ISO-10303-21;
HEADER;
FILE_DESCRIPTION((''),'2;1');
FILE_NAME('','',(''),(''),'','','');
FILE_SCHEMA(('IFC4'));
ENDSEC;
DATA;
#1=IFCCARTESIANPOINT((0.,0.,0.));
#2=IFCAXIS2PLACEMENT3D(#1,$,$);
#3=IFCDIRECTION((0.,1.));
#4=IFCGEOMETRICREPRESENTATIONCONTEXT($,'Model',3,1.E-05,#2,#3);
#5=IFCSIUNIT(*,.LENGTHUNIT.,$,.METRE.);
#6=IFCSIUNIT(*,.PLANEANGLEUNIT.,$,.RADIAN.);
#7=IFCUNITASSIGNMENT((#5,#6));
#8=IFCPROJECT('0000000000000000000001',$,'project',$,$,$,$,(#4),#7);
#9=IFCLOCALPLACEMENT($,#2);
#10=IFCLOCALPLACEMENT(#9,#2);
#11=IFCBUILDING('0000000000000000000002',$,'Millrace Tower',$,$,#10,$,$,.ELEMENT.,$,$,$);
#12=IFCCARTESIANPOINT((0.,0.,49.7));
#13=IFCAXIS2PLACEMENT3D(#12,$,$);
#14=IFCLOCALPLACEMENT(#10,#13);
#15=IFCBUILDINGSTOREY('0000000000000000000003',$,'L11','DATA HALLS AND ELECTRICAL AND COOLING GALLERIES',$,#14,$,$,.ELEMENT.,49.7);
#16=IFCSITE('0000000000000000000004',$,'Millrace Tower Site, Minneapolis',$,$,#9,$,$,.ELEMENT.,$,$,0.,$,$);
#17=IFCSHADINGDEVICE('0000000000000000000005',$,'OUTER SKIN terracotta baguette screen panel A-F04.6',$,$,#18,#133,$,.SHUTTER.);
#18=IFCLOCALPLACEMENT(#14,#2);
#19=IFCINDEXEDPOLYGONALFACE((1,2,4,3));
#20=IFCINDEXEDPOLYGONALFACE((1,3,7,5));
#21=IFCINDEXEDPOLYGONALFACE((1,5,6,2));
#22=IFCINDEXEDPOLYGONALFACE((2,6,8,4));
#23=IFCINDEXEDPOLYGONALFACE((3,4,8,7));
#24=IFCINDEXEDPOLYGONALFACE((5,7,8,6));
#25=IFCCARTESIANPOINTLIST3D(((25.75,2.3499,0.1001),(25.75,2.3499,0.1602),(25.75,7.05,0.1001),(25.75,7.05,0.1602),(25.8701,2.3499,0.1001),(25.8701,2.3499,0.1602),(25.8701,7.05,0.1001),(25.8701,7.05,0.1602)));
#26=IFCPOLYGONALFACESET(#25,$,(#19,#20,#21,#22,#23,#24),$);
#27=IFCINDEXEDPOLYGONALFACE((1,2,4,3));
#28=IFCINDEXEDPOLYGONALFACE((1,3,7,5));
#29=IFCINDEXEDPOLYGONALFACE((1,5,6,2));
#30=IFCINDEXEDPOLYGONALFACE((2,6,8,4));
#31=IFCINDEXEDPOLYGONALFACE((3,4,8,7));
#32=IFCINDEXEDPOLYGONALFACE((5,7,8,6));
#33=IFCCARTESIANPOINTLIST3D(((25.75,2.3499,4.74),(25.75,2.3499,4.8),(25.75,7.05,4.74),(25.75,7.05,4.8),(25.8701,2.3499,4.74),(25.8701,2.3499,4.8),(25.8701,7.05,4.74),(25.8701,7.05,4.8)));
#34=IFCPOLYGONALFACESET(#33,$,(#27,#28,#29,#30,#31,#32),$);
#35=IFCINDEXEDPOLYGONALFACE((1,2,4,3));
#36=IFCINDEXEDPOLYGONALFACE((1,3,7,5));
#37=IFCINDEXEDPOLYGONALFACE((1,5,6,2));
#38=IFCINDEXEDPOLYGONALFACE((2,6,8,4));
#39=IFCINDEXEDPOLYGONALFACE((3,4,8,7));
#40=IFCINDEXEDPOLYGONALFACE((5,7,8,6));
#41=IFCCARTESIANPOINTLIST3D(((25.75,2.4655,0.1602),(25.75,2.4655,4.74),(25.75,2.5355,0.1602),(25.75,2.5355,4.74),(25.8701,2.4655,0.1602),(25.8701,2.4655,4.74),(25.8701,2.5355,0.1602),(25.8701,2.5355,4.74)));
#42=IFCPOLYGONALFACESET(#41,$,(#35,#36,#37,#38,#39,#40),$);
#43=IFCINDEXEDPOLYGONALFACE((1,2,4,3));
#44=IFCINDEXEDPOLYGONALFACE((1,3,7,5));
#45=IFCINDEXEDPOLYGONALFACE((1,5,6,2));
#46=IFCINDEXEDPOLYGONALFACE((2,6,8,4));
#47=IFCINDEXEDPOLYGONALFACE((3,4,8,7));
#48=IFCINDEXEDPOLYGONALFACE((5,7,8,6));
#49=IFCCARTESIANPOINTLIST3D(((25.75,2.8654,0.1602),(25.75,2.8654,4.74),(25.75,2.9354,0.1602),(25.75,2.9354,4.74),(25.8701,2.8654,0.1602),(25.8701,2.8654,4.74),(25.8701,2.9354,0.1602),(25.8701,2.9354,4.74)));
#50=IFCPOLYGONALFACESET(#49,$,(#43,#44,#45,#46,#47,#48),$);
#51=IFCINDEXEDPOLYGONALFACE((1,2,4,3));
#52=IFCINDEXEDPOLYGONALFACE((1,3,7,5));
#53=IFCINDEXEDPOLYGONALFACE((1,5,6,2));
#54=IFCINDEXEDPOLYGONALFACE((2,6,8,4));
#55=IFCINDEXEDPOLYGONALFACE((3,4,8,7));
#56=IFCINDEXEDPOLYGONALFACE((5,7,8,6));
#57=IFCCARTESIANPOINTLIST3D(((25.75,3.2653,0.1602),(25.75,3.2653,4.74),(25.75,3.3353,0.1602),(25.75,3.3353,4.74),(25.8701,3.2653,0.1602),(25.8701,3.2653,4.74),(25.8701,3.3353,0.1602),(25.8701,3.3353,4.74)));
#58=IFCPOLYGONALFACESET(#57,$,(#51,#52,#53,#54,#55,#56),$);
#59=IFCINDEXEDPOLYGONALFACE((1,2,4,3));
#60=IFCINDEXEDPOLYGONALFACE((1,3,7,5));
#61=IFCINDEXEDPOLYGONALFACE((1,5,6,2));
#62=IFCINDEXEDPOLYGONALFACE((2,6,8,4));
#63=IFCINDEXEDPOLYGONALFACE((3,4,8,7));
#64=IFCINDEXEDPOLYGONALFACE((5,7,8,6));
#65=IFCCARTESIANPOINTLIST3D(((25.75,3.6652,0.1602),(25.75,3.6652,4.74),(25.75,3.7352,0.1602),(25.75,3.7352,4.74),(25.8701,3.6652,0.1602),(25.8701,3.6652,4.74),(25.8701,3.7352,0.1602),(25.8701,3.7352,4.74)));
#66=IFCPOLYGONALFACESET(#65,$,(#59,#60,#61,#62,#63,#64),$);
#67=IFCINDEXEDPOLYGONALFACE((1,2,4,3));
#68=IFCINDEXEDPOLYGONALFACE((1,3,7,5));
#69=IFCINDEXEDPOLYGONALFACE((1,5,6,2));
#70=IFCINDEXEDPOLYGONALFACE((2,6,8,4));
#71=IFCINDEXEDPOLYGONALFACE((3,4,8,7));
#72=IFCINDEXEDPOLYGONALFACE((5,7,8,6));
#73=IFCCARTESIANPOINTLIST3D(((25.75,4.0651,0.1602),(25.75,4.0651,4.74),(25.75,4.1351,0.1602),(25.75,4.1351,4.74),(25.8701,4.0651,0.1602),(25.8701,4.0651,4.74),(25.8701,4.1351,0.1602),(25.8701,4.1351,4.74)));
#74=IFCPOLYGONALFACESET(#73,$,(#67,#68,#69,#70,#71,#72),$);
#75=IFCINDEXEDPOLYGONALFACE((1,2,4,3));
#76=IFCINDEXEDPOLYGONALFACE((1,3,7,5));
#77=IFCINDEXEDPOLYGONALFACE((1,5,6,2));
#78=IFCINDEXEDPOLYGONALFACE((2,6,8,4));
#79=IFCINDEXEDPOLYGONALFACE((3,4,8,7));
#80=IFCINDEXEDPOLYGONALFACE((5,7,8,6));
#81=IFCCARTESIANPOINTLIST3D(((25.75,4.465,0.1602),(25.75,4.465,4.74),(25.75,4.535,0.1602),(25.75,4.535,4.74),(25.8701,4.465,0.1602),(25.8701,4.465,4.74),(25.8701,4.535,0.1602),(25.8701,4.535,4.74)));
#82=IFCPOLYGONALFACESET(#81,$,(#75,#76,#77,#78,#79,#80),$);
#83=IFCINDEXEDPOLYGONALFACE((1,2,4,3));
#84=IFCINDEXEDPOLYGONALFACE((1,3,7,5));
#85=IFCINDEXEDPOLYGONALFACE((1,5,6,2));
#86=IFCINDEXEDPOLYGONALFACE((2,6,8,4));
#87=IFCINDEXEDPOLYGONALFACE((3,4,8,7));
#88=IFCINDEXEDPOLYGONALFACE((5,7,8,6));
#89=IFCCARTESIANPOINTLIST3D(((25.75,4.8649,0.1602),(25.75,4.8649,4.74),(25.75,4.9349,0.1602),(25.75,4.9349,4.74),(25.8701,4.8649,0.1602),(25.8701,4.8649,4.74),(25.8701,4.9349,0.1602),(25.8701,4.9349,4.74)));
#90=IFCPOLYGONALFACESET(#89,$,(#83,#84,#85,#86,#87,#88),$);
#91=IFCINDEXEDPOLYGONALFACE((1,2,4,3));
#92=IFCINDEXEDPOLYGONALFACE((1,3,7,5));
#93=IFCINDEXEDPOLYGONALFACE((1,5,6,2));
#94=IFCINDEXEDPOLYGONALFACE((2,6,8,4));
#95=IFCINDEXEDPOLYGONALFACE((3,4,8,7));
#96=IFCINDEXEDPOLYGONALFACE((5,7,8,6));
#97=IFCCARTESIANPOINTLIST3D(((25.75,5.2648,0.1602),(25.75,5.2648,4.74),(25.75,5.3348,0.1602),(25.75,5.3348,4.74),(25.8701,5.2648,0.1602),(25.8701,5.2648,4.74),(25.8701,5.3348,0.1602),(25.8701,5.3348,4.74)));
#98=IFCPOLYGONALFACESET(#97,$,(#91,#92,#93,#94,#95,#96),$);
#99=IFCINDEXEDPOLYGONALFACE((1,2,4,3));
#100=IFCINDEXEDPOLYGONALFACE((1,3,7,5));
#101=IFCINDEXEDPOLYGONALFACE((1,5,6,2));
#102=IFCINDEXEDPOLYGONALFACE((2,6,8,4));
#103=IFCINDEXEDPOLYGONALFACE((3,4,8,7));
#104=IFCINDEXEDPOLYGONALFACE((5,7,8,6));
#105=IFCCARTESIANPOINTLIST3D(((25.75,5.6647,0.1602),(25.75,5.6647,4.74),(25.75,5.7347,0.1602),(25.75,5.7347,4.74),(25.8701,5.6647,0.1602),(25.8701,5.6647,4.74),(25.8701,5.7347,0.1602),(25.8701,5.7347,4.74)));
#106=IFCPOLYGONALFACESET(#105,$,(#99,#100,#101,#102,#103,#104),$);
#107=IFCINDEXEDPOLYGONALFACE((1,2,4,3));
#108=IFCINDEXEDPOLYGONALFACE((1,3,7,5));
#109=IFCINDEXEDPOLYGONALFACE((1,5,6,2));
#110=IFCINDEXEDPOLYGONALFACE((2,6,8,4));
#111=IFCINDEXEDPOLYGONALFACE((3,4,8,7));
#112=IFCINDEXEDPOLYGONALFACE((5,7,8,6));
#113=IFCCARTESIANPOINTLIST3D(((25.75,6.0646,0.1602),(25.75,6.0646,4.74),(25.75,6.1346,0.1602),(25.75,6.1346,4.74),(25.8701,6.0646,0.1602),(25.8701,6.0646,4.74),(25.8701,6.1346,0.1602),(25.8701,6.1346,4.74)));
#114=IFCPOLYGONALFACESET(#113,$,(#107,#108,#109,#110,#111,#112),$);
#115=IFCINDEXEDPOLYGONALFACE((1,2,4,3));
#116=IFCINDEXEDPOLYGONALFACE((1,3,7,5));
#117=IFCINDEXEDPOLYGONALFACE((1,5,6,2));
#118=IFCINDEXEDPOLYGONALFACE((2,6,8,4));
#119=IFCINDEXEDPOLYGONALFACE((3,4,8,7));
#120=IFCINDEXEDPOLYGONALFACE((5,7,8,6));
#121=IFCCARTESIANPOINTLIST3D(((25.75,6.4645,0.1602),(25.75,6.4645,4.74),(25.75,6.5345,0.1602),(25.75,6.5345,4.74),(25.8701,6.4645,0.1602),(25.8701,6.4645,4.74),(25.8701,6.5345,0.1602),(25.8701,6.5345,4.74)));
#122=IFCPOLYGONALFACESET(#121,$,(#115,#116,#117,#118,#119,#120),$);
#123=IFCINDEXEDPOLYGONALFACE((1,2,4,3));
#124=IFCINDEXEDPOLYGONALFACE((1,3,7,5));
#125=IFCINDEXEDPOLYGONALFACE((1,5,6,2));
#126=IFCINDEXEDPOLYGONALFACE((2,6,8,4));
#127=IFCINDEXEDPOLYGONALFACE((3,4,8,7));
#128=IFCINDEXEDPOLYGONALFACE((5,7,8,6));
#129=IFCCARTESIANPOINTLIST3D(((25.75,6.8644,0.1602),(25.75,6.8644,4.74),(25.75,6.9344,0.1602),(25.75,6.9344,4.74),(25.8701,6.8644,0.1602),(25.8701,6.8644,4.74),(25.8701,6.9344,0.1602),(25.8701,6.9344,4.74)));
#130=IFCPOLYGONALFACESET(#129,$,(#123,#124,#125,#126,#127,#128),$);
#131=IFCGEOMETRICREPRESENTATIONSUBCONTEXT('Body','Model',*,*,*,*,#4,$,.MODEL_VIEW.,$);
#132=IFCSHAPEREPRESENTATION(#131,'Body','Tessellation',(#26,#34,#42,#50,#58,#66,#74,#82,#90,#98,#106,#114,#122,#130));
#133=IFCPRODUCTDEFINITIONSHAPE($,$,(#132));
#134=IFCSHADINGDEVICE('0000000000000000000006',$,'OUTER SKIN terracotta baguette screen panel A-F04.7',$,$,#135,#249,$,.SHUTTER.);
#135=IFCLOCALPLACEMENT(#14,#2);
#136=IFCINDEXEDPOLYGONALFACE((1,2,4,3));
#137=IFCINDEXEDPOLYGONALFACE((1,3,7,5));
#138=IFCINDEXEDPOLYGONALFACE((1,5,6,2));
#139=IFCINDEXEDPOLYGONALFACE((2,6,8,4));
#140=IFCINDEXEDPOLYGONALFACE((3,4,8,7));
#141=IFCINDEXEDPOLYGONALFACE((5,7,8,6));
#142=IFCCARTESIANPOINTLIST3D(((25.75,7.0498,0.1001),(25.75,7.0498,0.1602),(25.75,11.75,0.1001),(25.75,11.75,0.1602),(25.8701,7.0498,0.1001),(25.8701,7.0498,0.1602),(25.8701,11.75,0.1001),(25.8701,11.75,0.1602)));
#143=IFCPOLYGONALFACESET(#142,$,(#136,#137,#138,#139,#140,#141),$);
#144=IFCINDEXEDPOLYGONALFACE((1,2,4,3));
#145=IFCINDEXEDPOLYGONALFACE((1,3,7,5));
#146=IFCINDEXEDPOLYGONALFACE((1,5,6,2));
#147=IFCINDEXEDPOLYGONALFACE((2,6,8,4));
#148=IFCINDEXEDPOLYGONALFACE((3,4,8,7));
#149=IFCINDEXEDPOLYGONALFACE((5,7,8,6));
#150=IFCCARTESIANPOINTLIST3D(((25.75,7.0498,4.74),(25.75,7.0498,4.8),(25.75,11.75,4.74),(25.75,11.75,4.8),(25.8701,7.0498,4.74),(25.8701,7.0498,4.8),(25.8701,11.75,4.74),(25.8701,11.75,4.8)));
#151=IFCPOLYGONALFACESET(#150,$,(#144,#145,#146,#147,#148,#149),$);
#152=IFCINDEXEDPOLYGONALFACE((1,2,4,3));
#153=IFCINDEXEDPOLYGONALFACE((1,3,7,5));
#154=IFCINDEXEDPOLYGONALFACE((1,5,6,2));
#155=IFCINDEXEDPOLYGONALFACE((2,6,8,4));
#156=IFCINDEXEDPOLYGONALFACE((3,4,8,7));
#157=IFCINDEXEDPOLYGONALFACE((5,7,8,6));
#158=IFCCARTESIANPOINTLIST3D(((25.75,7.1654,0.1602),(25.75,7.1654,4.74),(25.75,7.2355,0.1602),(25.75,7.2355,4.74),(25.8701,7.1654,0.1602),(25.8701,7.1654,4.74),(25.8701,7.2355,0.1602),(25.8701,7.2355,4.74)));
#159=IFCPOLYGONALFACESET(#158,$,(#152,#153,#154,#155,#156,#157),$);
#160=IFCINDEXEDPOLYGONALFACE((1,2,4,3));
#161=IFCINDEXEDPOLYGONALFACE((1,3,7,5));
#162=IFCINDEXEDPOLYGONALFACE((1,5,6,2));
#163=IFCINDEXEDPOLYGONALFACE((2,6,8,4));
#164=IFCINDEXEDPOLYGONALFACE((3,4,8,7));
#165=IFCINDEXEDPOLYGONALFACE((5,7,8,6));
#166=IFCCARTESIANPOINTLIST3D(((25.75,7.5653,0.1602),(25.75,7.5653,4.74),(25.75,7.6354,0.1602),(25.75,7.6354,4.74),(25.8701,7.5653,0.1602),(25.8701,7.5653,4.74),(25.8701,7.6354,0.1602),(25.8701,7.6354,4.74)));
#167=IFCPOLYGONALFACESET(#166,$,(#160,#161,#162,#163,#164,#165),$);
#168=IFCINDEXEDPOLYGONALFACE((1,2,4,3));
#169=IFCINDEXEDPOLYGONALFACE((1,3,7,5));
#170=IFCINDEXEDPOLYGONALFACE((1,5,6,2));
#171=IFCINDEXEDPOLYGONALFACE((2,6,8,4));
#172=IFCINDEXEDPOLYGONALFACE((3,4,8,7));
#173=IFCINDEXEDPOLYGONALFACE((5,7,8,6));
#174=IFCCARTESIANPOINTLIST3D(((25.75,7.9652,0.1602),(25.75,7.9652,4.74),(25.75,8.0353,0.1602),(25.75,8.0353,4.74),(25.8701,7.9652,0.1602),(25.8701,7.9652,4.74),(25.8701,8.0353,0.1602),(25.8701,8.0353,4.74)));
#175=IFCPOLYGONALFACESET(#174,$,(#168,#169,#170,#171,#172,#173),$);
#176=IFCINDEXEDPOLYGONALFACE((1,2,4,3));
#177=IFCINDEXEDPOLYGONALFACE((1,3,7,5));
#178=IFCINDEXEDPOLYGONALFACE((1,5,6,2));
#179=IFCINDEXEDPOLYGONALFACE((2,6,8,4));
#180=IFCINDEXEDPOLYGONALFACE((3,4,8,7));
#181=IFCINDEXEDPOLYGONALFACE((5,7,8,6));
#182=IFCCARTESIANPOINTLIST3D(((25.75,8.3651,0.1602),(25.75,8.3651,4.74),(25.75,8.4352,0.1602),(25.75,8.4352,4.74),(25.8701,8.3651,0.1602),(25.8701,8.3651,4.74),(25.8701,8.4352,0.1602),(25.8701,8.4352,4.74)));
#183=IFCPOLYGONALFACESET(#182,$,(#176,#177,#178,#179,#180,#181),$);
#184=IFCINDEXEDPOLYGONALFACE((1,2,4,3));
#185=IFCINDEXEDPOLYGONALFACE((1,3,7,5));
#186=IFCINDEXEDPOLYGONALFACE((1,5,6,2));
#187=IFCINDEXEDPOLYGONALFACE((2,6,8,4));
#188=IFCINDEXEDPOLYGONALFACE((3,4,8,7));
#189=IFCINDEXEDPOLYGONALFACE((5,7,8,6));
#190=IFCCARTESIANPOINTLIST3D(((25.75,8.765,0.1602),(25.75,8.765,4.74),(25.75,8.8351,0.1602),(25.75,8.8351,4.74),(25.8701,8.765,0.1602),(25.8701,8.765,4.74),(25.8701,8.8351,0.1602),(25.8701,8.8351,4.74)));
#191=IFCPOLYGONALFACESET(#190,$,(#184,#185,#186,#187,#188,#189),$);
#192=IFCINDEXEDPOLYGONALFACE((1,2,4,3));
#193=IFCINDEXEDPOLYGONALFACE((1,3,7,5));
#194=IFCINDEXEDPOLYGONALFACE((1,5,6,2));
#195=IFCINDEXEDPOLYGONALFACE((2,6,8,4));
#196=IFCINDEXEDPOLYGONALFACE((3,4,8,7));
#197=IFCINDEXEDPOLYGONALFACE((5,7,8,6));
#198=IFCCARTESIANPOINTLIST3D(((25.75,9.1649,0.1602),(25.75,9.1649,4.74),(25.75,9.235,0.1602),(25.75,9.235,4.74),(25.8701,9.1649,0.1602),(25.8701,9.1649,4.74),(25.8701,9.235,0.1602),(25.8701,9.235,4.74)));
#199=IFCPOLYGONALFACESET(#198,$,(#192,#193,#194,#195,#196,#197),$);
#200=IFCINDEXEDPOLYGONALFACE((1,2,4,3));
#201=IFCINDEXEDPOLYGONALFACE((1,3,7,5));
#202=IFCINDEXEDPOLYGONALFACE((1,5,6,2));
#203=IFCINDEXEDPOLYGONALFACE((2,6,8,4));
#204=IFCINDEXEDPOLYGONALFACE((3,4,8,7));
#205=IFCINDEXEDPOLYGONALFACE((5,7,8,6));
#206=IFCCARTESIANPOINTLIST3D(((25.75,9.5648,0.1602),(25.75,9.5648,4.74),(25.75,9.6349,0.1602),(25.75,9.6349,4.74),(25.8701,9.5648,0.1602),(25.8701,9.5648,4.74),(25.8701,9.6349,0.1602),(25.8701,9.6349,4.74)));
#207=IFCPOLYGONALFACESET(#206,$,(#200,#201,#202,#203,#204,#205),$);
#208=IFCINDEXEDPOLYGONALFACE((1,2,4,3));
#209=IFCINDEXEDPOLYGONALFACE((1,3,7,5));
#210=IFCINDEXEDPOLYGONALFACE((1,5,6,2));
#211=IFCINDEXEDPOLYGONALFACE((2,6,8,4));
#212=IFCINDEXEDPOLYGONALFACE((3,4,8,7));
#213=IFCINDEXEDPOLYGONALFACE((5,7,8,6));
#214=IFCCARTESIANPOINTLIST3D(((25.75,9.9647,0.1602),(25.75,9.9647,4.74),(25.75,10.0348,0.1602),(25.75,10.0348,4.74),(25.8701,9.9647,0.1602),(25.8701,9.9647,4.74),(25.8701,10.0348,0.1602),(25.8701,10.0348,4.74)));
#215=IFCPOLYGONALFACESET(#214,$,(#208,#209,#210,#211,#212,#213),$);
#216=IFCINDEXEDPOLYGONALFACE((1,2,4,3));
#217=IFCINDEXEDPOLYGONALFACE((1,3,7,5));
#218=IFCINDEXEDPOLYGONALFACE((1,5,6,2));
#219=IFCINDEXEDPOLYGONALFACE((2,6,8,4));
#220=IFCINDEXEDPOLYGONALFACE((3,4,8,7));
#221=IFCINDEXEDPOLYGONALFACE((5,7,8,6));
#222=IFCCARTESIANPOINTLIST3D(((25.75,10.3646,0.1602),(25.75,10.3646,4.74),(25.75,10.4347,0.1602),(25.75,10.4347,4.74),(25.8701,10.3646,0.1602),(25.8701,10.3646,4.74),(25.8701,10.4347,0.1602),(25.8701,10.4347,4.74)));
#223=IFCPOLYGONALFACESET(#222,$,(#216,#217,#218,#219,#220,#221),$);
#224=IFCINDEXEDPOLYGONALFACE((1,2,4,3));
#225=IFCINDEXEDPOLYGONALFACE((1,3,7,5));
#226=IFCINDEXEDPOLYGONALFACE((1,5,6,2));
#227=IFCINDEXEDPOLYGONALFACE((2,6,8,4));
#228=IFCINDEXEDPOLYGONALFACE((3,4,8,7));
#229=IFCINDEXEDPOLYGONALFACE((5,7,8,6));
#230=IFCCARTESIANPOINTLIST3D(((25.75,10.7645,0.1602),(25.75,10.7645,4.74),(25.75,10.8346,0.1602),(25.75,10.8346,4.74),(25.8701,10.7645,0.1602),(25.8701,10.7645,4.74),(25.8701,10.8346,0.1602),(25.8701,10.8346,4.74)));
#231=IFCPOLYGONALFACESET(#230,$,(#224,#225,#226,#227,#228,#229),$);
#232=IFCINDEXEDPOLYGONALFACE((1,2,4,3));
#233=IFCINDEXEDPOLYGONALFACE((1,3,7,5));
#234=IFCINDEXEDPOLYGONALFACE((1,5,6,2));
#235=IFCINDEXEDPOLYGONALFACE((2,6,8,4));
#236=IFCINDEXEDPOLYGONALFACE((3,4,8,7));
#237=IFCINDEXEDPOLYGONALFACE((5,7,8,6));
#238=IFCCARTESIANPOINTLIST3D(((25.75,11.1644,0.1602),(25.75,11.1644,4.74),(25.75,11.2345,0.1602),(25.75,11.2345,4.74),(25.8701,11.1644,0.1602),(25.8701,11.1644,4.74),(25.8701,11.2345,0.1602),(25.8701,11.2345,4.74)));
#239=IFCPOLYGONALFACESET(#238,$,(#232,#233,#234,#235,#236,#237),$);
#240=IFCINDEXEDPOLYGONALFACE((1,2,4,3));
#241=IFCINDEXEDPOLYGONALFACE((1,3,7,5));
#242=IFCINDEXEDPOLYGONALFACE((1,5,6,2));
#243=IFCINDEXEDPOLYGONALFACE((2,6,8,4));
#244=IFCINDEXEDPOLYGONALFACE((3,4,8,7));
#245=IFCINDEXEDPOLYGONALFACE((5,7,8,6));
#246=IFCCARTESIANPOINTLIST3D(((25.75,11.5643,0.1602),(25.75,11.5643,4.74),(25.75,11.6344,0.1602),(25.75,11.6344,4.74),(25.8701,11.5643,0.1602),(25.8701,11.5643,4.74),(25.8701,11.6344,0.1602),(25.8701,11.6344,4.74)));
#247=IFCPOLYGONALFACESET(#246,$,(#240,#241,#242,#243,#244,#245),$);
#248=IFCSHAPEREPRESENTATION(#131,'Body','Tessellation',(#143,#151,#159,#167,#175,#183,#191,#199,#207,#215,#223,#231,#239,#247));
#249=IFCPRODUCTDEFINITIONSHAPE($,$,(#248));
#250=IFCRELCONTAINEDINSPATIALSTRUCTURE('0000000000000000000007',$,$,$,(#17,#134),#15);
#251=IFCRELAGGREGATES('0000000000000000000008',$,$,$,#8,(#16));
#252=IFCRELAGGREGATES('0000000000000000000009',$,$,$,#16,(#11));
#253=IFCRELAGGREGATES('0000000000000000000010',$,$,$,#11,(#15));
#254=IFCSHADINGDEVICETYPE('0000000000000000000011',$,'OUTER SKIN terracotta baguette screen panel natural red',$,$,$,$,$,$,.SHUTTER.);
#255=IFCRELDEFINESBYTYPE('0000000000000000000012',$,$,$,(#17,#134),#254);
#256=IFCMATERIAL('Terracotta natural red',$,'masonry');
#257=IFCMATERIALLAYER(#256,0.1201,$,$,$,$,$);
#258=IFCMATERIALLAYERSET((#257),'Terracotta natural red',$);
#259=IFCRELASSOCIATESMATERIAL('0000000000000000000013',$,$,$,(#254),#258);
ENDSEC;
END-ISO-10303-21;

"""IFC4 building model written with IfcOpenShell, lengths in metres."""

from ifc_helpers import new_model, entity, si_unit, direction, frame, frame_2d, origin, place, context, subcontext, project, spatial, rectangle, extrude, source, transform, mapped, material, layer, layer_set, type_object, element, save


model = new_model("IFC4")

# Units and contexts
model_context = context("Model", 3, precision=1e-05, world=origin(), true_north=direction((0.0, 1.0)))
body_context = subcontext(model_context, "Body", "Model", "MODEL_VIEW")
ifc_project = project(units=[si_unit("LENGTHUNIT", "METRE"), si_unit("PLANEANGLEUNIT", "RADIAN")], contexts=[model_context])

# Site, building, storey
site_placement = place(None, origin())
site = spatial("IfcSite", under=ifc_project, at=site_placement, Name="Millrace Tower Site, Minneapolis", CompositionType="ELEMENT", RefElevation=0.0)
building_placement = place(site_placement, origin())
building = spatial("IfcBuilding", under=site, at=building_placement, Name="Millrace Tower", CompositionType="ELEMENT")
storey_placement = place(building_placement, frame((0.0, 0.0, 49.7)))
storey = spatial("IfcBuildingStorey", under=building, at=storey_placement, Name="L11", Description="DATA HALLS AND ELECTRICAL AND COOLING GALLERIES", CompositionType="ELEMENT", Elevation=49.7)

# Shading devices
cartesian_point = entity("IfcCartesianPoint", [-2.3501, 0.0601])
shared_polyline = entity("IfcPolyline", [cartesian_point, entity("IfcCartesianPoint", [2.3501, 0.0601]), entity("IfcCartesianPoint", [2.3501, -0.0601]), entity("IfcCartesianPoint", [-2.3501, -0.0601]), cartesian_point])
ifc_material_1 = material(Name="Terracotta natural red", Category="masonry")
ifc_layer_1 = layer(ifc_material_1, 0.1201)
ifc_layer_set_1 = layer_set([ifc_layer_1], Name="Terracotta natural red")
shading_device_type_1 = type_object("IfcShadingDeviceType", Name="OUTER SKIN terracotta baguette screen panel natural red", PredefinedType="SHUTTER", material=ifc_layer_set_1)
shared_shape_1 = source(origin(), body_context, "Body", "SweptSolid", [
    entity("IfcExtrudedAreaSolid", entity("IfcArbitraryClosedProfileDef", "AREA", None, shared_polyline), entity("IfcAxis2Placement3D", entity("IfcCartesianPoint", [0.0, 0.0, 0.0])), entity("IfcDirection", [0.0, 0.0, 1.0]), 0.0601),
    entity("IfcExtrudedAreaSolid", entity("IfcArbitraryClosedProfileDef", "AREA", None, shared_polyline), entity("IfcAxis2Placement3D", entity("IfcCartesianPoint", [0.0, 0.0, 4.6399])), entity("IfcDirection", [0.0, 0.0, 1.0]), 0.0601),
    extrude(rectangle(XDim=0.0701, YDim=0.1201, at=frame_2d((-2.1995, 0.0))), frame((0.0, 0.0, 0.0601)), (0.0, 0.0, 1.0), 4.5798),
    extrude(rectangle(XDim=0.0701, YDim=0.1201, at=frame_2d((-1.7996, 0.0))), frame((0.0, 0.0, 0.0601)), (0.0, 0.0, 1.0), 4.5798),
    extrude(rectangle(XDim=0.0701, YDim=0.1201, at=frame_2d((-1.3997, 0.0))), frame((0.0, 0.0, 0.0601)), (0.0, 0.0, 1.0), 4.5798),
    extrude(rectangle(XDim=0.0701, YDim=0.1201, at=frame_2d((-0.9998, 0.0))), frame((0.0, 0.0, 0.0601)), (0.0, 0.0, 1.0), 4.5798),
    extrude(rectangle(XDim=0.0701, YDim=0.1201, at=frame_2d((-0.5999, 0.0))), frame((0.0, 0.0, 0.0601)), (0.0, 0.0, 1.0), 4.5798),
    extrude(rectangle(XDim=0.0701, YDim=0.1201, at=frame_2d((-0.2, 0.0))), frame((0.0, 0.0, 0.0601)), (0.0, 0.0, 1.0), 4.5798),
    extrude(rectangle(XDim=0.0701, YDim=0.1201, at=frame_2d((0.2, 0.0))), frame((0.0, 0.0, 0.0601)), (0.0, 0.0, 1.0), 4.5798),
    extrude(rectangle(XDim=0.0701, YDim=0.1201, at=frame_2d((0.5999, 0.0))), frame((0.0, 0.0, 0.0601)), (0.0, 0.0, 1.0), 4.5798),
    extrude(rectangle(XDim=0.0701, YDim=0.1201, at=frame_2d((0.9998, 0.0))), frame((0.0, 0.0, 0.0601)), (0.0, 0.0, 1.0), 4.5798),
    extrude(rectangle(XDim=0.0701, YDim=0.1201, at=frame_2d((1.3997, 0.0))), frame((0.0, 0.0, 0.0601)), (0.0, 0.0, 1.0), 4.5798),
    extrude(rectangle(XDim=0.0701, YDim=0.1201, at=frame_2d((1.7996, 0.0))), frame((0.0, 0.0, 0.0601)), (0.0, 0.0, 1.0), 4.5798),
    extrude(rectangle(XDim=0.0701, YDim=0.1201, at=frame_2d((2.1995, 0.0))), frame((0.0, 0.0, 0.0601)), (0.0, 0.0, 1.0), 4.5798),
])
for number, where, z_axis, x_axis, name in (
    (1, (25.8101, 4.7, 0.1001), (0.0, 0.0, 1.0), (0.0, 1.0, 0.0), "OUTER SKIN terracotta baguette screen panel A-F04.6"),
    (2, (25.8101, 9.3999, 0.1001), (0.0, 0.0, 1.0), (0.0, 1.0, 0.0), "OUTER SKIN terracotta baguette screen panel A-F04.7"),
):
    element("IfcShadingDevice", number, at=place(storey_placement, frame(where, z_axis=z_axis, x_axis=x_axis)), inside=storey, type_object=shading_device_type_1, Name=name, PredefinedType="SHUTTER", context=body_context, shape_type="MappedRepresentation", body=[
        mapped(shared_shape_1, transform((0.0, 0.0, 0.0), scale=1.0)),
    ])

save(model, "model.ifc")
